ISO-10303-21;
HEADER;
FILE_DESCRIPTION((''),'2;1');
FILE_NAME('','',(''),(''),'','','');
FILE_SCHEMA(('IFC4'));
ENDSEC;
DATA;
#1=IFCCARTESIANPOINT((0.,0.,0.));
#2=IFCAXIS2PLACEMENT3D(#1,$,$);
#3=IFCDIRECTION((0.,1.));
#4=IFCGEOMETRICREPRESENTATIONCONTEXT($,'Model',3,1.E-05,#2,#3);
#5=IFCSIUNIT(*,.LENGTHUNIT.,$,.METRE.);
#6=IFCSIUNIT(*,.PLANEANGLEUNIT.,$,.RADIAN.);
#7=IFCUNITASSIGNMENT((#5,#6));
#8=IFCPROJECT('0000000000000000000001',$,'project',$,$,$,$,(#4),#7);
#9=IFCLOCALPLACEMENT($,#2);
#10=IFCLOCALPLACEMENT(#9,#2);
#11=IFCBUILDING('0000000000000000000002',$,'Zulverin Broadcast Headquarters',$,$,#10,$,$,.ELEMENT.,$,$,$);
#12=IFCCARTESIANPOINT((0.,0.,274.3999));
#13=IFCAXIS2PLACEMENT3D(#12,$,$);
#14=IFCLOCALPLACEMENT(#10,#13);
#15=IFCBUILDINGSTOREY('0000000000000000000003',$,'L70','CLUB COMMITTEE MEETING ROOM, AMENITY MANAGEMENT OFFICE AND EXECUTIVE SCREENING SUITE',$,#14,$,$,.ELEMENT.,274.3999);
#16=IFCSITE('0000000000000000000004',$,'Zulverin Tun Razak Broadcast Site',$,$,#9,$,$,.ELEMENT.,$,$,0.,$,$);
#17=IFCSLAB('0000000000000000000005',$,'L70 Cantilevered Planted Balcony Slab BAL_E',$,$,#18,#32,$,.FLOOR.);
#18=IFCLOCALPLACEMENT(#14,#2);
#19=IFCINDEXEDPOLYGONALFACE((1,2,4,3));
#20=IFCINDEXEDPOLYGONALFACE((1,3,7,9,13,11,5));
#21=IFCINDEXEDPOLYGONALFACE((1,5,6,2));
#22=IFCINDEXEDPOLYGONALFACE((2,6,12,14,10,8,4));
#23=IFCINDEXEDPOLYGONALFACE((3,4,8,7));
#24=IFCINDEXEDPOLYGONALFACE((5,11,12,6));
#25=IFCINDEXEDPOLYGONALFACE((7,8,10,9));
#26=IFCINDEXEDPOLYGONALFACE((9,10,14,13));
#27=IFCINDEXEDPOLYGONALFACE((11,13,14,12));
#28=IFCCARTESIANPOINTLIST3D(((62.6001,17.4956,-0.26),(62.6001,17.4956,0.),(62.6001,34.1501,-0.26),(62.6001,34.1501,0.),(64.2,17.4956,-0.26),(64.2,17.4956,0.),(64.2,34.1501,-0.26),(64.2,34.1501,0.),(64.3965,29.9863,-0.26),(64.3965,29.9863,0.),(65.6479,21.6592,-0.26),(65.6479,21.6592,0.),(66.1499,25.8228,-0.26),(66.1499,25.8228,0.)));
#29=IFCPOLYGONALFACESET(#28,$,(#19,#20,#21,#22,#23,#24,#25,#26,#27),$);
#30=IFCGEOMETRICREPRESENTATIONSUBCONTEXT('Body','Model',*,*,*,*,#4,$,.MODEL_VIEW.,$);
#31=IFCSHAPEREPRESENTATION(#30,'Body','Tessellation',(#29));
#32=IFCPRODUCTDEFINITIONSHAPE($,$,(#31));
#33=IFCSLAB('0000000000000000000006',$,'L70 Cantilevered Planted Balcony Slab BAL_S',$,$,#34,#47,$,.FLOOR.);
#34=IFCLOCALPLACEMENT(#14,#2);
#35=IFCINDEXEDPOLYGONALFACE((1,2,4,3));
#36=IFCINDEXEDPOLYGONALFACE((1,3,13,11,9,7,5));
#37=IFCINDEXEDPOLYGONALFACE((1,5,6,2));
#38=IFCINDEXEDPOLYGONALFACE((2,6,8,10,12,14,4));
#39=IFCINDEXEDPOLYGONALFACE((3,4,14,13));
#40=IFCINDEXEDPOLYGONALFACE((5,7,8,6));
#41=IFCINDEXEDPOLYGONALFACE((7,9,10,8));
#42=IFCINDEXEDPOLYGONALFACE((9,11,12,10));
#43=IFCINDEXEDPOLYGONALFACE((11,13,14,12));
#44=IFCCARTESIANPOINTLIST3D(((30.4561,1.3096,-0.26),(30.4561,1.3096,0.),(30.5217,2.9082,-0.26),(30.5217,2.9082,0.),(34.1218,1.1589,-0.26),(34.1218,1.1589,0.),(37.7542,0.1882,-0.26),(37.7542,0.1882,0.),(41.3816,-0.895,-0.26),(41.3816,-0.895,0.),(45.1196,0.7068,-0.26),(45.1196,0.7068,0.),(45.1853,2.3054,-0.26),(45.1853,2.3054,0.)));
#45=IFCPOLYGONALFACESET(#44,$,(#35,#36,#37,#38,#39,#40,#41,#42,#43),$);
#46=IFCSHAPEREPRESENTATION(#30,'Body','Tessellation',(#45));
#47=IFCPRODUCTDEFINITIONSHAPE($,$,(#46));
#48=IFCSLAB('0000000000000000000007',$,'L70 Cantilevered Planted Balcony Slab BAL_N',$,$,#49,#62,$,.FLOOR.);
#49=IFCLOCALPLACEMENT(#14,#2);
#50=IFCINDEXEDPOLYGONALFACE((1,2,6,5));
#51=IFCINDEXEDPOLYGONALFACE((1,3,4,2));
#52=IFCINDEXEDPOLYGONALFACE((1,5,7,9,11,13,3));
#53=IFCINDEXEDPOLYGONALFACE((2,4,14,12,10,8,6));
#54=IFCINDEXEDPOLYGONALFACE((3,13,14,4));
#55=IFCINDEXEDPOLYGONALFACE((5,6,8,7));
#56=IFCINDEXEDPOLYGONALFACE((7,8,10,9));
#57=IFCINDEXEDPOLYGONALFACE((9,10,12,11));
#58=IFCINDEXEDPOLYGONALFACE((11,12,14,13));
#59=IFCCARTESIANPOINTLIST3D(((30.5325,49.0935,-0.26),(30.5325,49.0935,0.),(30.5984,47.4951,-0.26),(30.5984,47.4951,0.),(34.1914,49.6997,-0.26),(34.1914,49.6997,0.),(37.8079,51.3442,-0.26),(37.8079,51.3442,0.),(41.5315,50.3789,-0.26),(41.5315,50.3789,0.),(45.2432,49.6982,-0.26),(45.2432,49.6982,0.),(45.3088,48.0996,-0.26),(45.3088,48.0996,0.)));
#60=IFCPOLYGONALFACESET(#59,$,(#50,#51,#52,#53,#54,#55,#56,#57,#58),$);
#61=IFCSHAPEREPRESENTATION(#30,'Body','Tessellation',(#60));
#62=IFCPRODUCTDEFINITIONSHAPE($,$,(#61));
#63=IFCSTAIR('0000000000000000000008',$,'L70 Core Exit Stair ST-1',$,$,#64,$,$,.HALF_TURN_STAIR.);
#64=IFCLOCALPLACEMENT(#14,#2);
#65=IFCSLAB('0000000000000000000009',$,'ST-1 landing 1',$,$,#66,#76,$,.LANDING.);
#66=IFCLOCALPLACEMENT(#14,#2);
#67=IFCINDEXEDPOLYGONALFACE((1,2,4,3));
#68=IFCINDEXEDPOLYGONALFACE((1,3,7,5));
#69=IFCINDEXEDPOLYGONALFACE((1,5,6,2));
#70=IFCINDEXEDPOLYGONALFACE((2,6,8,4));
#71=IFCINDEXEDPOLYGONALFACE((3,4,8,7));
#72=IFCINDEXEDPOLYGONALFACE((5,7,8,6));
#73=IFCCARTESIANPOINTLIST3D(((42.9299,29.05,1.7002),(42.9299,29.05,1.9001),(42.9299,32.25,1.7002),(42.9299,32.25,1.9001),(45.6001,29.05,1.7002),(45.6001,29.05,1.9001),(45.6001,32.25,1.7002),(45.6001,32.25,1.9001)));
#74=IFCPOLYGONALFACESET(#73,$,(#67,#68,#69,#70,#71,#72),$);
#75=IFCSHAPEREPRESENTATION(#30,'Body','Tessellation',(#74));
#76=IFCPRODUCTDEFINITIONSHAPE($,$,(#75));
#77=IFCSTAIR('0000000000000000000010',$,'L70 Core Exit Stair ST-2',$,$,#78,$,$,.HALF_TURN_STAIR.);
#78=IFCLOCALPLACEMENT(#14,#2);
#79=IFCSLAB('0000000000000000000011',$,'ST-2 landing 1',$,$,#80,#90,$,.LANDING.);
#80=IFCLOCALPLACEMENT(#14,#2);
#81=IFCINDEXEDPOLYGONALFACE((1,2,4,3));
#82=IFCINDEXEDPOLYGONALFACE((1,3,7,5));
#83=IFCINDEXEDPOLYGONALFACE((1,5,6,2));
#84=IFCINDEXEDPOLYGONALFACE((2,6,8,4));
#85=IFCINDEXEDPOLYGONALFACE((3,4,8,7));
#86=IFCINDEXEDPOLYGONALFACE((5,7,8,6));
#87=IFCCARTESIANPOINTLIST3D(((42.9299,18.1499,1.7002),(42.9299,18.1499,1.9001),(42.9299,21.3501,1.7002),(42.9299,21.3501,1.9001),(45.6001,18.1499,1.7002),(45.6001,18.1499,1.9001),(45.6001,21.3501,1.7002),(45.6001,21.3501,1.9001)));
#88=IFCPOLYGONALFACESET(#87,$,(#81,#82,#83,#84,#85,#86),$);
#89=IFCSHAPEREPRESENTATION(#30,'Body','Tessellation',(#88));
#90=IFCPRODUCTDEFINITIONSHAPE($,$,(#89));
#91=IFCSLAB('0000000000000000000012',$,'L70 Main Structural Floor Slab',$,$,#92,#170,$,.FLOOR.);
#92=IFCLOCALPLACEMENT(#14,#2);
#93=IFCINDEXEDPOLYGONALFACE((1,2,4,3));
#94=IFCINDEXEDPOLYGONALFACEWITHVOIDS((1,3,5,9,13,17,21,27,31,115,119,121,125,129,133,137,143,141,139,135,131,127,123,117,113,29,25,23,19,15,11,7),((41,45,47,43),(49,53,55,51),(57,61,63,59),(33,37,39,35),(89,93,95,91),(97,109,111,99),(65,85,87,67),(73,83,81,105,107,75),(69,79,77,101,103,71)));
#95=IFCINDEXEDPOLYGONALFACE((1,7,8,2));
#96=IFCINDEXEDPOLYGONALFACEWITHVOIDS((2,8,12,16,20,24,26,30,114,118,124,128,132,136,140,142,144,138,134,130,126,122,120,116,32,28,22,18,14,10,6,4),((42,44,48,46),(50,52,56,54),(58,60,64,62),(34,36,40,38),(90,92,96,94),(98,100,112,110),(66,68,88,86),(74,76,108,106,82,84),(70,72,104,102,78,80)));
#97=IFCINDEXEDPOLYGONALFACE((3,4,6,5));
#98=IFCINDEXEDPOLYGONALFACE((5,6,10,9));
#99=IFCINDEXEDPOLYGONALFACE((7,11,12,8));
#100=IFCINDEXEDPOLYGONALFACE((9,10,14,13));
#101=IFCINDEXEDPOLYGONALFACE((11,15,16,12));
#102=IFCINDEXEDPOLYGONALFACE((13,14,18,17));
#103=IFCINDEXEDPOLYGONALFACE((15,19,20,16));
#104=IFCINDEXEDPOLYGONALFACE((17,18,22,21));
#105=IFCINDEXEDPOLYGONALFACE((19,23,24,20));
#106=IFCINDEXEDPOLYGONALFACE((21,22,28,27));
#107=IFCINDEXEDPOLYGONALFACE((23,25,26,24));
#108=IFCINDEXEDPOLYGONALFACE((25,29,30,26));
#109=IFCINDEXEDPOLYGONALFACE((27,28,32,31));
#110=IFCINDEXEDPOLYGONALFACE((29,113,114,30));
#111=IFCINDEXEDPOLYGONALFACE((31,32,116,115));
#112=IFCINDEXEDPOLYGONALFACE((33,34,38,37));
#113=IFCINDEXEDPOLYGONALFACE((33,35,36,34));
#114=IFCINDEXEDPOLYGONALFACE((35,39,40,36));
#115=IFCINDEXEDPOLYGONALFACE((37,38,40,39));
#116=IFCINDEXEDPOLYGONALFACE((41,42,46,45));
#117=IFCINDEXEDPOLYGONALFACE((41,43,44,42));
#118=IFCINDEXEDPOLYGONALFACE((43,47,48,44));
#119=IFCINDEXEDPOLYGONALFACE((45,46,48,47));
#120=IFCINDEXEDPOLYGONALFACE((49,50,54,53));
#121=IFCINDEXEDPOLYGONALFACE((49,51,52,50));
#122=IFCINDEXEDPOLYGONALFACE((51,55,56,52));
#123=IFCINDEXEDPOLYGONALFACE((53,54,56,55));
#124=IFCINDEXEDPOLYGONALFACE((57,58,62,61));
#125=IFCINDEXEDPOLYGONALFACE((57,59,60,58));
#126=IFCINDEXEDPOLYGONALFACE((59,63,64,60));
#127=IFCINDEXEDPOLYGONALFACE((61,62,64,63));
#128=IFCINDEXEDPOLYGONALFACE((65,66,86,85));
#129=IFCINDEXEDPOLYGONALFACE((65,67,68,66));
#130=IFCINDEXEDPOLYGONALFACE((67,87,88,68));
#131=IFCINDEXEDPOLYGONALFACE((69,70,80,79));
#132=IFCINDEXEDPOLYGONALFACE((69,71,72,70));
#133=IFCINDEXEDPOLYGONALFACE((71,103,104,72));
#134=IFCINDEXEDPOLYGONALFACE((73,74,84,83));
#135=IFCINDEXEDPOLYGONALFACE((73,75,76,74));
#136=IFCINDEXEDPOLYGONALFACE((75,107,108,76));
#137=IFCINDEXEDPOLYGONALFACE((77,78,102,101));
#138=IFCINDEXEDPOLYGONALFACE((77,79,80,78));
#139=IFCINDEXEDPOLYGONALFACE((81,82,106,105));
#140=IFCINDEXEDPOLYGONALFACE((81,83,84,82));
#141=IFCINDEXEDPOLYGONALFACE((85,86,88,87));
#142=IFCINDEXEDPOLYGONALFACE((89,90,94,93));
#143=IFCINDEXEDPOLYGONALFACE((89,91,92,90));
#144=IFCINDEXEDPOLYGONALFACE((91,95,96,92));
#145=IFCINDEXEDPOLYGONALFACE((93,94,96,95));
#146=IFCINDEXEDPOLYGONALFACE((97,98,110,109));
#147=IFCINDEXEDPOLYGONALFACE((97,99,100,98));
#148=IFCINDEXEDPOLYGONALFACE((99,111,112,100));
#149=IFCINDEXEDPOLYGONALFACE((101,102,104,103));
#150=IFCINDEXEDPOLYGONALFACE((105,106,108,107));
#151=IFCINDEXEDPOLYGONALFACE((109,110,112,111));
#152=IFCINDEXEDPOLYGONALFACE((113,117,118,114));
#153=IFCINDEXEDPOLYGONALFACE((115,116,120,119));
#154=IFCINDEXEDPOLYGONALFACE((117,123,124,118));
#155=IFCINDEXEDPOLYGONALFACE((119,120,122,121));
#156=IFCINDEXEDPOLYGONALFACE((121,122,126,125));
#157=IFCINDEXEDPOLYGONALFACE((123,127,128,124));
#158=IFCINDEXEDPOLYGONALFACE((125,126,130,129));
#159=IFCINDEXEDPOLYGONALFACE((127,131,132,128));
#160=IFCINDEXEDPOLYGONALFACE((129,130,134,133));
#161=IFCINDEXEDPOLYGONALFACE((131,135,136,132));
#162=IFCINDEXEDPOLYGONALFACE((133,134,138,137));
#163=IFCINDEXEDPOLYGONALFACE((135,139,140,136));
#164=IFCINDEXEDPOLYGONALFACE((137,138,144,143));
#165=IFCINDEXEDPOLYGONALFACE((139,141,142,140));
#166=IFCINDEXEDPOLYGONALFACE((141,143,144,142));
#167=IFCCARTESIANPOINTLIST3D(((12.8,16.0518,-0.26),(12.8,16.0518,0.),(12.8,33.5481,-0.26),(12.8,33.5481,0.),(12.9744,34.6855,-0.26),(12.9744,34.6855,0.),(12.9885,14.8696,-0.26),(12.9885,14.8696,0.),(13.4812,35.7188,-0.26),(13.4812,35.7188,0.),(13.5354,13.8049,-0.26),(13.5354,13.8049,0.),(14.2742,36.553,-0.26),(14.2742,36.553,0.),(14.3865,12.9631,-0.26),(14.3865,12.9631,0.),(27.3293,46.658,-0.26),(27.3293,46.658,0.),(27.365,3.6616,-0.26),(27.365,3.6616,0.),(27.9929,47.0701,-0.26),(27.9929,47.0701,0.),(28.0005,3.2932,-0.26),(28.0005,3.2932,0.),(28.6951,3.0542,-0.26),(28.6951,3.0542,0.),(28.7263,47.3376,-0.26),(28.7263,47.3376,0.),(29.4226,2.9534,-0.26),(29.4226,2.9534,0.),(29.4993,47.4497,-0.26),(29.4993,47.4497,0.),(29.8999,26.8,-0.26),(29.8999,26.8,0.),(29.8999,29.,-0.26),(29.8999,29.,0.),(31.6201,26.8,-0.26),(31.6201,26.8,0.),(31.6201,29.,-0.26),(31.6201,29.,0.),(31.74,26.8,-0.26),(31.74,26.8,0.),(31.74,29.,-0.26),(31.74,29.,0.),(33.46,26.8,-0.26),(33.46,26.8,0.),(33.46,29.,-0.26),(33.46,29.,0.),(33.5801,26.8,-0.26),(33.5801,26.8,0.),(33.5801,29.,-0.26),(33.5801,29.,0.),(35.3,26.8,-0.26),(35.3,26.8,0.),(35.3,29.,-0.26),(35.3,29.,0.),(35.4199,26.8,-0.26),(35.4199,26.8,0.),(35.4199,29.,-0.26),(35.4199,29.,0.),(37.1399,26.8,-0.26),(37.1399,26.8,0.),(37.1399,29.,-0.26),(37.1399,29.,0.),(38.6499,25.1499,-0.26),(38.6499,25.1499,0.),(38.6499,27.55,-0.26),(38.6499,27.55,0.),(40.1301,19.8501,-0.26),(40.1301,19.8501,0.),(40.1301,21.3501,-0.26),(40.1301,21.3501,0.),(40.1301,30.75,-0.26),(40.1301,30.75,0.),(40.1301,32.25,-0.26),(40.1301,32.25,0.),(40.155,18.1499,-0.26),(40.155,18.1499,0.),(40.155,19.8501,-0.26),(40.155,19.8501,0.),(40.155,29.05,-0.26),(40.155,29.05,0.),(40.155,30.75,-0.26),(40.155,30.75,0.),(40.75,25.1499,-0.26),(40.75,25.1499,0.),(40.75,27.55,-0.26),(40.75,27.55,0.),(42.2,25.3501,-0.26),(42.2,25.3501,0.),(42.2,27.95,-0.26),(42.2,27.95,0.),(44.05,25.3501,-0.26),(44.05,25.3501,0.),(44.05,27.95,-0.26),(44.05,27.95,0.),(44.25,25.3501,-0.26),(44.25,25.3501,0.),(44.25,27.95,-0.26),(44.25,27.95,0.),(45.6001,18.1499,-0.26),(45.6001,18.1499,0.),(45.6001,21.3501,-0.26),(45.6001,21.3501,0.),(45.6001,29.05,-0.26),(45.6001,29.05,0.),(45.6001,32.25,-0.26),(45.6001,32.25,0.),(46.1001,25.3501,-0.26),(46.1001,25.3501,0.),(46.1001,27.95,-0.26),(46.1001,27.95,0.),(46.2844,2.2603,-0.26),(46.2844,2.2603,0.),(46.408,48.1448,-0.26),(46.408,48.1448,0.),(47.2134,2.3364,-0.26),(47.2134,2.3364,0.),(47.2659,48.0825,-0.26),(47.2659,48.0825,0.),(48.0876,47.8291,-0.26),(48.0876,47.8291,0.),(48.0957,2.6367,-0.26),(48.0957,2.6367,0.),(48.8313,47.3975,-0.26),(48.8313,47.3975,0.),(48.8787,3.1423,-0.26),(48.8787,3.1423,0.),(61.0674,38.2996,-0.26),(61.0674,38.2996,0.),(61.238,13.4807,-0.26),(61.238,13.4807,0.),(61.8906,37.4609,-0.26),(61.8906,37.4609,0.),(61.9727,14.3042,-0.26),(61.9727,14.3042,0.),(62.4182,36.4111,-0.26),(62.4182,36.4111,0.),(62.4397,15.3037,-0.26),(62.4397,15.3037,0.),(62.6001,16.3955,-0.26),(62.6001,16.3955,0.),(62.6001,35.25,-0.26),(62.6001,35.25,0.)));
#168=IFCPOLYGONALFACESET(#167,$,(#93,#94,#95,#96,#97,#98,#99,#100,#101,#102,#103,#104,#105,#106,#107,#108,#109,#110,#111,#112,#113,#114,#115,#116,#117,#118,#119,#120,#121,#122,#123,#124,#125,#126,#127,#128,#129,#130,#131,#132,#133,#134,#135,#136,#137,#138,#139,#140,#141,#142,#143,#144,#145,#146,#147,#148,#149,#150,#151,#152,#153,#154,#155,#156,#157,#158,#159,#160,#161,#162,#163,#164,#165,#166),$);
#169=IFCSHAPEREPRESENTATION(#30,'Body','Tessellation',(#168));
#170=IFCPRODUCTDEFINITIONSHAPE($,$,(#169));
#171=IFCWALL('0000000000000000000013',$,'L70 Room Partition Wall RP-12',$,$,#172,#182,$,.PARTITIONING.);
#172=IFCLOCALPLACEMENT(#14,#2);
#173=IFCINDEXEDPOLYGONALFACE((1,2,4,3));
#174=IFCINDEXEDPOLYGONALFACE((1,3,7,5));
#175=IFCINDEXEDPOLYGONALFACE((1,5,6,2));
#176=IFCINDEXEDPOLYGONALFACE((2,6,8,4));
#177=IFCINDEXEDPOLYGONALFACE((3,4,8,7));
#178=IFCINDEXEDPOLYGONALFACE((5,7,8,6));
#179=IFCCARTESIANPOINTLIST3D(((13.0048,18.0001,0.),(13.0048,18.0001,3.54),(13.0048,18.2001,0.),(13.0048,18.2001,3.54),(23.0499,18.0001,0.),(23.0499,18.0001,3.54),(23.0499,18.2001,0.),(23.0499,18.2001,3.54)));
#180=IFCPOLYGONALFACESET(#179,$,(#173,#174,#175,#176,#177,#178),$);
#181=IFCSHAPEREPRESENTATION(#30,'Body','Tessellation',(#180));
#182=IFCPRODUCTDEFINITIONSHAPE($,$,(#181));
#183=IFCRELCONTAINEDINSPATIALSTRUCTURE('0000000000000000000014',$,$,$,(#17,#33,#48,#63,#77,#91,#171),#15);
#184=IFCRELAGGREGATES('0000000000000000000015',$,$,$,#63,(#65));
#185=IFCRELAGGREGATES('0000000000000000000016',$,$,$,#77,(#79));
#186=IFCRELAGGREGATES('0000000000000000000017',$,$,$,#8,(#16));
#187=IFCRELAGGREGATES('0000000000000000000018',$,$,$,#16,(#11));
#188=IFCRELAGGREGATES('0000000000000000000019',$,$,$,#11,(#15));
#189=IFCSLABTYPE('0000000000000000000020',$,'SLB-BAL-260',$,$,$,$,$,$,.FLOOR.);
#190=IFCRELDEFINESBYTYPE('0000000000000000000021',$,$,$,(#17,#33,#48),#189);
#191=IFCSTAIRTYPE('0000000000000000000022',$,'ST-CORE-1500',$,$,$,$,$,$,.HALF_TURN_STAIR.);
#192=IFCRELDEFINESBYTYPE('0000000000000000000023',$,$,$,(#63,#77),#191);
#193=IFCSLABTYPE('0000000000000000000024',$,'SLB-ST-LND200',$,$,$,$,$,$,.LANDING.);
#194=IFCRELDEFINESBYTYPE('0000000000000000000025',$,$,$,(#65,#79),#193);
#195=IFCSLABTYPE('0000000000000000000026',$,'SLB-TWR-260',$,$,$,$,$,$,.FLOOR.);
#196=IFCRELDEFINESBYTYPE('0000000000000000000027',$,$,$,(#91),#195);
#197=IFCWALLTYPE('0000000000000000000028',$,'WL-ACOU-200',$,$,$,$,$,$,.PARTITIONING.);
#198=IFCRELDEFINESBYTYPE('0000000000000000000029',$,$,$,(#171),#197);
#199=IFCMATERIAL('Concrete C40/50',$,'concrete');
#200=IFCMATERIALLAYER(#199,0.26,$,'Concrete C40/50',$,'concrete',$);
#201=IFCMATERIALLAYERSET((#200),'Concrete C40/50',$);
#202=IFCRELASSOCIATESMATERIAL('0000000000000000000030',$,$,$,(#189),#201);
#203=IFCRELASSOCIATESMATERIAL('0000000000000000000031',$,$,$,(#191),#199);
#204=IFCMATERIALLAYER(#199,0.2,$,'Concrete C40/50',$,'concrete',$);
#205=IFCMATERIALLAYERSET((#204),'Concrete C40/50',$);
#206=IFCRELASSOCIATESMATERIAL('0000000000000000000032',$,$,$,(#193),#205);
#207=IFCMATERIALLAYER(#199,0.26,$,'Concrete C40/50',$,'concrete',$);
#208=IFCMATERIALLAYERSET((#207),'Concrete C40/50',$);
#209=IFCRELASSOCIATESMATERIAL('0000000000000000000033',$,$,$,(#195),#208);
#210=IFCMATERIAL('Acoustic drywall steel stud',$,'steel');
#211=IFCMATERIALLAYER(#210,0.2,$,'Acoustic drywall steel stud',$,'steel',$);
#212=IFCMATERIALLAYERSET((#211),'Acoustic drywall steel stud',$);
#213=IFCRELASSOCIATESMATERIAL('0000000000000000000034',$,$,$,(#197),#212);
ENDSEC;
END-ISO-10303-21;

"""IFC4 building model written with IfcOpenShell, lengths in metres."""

from ifc_helpers import new_model, si_unit, direction, frame, frame_2d, origin, place, context, subcontext, project, spatial, polyline, rectangle, outline, extrude, material, layer, layer_set, type_object, element, aggregate, save


model = new_model("IFC4")

# Units and contexts
model_context = context("Model", 3, precision=1e-05, world=origin(), true_north=direction((0.0, 1.0)))
body_context = subcontext(model_context, "Body", "Model", "MODEL_VIEW")
ifc_project = project(units=[si_unit("LENGTHUNIT", "METRE"), si_unit("PLANEANGLEUNIT", "RADIAN")], contexts=[model_context])

# Site, building, storey
site_placement = place(None, origin())
site = spatial("IfcSite", under=ifc_project, at=site_placement, Name="Zulverin Tun Razak Broadcast Site", CompositionType="ELEMENT", RefElevation=0.0)
building_placement = place(site_placement, origin())
building = spatial("IfcBuilding", under=site, at=building_placement, Name="Zulverin Broadcast Headquarters", CompositionType="ELEMENT")
storey_placement = place(building_placement, frame((0.0, 0.0, 274.3999)))
storey = spatial("IfcBuildingStorey", under=building, at=storey_placement, Name="L70", Description="CLUB COMMITTEE MEETING ROOM, AMENITY MANAGEMENT OFFICE AND EXECUTIVE SCREENING SUITE", CompositionType="ELEMENT", Elevation=274.3999)

# Slabs
ifc_material_1 = material(Name="Concrete C40/50", Category="concrete")
ifc_layer_1 = layer(ifc_material_1, 0.26, Name="Concrete C40/50", Category="concrete")
ifc_layer_set_1 = layer_set([ifc_layer_1], Name="Concrete C40/50")
slab_type_1 = type_object("IfcSlabType", Name="SLB-BAL-260", PredefinedType="FLOOR", material=ifc_layer_set_1)
slab_1_placement = place(storey_placement, frame((0.0, 0.0, -0.26)))
element("IfcSlab", 1, at=slab_1_placement, inside=storey, type_object=slab_type_1, Name="L70 Cantilevered Planted Balcony Slab BAL_E", PredefinedType="FLOOR", context=body_context, shape_type="SweptSolid", body=[
    extrude(outline(polyline([(62.6001, 34.1501), (62.6001, 17.4956), (64.2, 17.4956), (65.6479, 21.6592), (66.1499, 25.8228), (64.3965, 29.9863), (64.2, 34.1501), (62.6001, 34.1501)])), origin(), (0.0, 0.0, 1.0), 0.26),
])
slab_2_placement = place(storey_placement, frame((0.0, 0.0, -0.26)))
element("IfcSlab", 2, at=slab_2_placement, inside=storey, type_object=slab_type_1, Name="L70 Cantilevered Planted Balcony Slab BAL_S", PredefinedType="FLOOR", context=body_context, shape_type="SweptSolid", body=[
    extrude(outline(polyline([(45.1853, 2.3054), (30.5217, 2.9082), (30.4561, 1.3096), (34.1218, 1.1589), (37.7542, 0.1882), (41.3816, -0.895), (45.1196, 0.7068), (45.1853, 2.3054)])), origin(), (0.0, 0.0, 1.0), 0.26),
])
slab_3_placement = place(storey_placement, frame((0.0, 0.0, -0.26)))
element("IfcSlab", 3, at=slab_3_placement, inside=storey, type_object=slab_type_1, Name="L70 Cantilevered Planted Balcony Slab BAL_N", PredefinedType="FLOOR", context=body_context, shape_type="SweptSolid", body=[
    extrude(outline(polyline([(30.5984, 47.4951), (45.3088, 48.0996), (45.2432, 49.6982), (41.5315, 50.3789), (37.8079, 51.3442), (34.1914, 49.6997), (30.5325, 49.0935), (30.5984, 47.4951)])), origin(), (0.0, 0.0, 1.0), 0.26),
])

# Stairs, slabs
stair_type = type_object("IfcStairType", Name="ST-CORE-1500", PredefinedType="HALF_TURN_STAIR", material=ifc_material_1)
stair_1_placement = place(storey_placement, origin())
stair_1 = element("IfcStair", 4, at=stair_1_placement, inside=storey, type_object=stair_type, Name="L70 Core Exit Stair ST-1", PredefinedType="HALF_TURN_STAIR")
ifc_layer_2 = layer(ifc_material_1, 0.2, Name="Concrete C40/50", Category="concrete")
ifc_layer_set_2 = layer_set([ifc_layer_2], Name="Concrete C40/50")
slab_type_2 = type_object("IfcSlabType", Name="SLB-ST-LND200", PredefinedType="LANDING", material=ifc_layer_set_2)
slab_4_placement = place(storey_placement, frame((0.0, 0.0, 1.7002)))
slab_4 = element("IfcSlab", 5, at=slab_4_placement, type_object=slab_type_2, Name="ST-1 landing 1", PredefinedType="LANDING", context=body_context, shape_type="SweptSolid", body=[
    extrude(outline(polyline([(42.9299, 29.05), (45.6001, 29.05), (45.6001, 32.25), (42.9299, 32.25), (42.9299, 29.05)])), origin(), (0.0, 0.0, 1.0), 0.2),
])
aggregate(stair_1, [slab_4])
stair_2_placement = place(storey_placement, origin())
stair_2 = element("IfcStair", 6, at=stair_2_placement, inside=storey, type_object=stair_type, Name="L70 Core Exit Stair ST-2", PredefinedType="HALF_TURN_STAIR")
slab_5_placement = place(storey_placement, frame((0.0, 0.0, 1.7002)))
slab_5 = element("IfcSlab", 7, at=slab_5_placement, type_object=slab_type_2, Name="ST-2 landing 1", PredefinedType="LANDING", context=body_context, shape_type="SweptSolid", body=[
    extrude(outline(polyline([(42.9299, 18.1499), (45.6001, 18.1499), (45.6001, 21.3501), (42.9299, 21.3501), (42.9299, 18.1499)])), origin(), (0.0, 0.0, 1.0), 0.2),
])
aggregate(stair_2, [slab_5])

# Slab
ifc_layer_3 = layer(ifc_material_1, 0.26, Name="Concrete C40/50", Category="concrete")
ifc_layer_set_3 = layer_set([ifc_layer_3], Name="Concrete C40/50")
slab_type_3 = type_object("IfcSlabType", Name="SLB-TWR-260", PredefinedType="FLOOR", material=ifc_layer_set_3)
slab_6_placement = place(storey_placement, frame((0.0, 0.0, -0.26)))
element("IfcSlab", 8, at=slab_6_placement, inside=storey, type_object=slab_type_3, Name="L70 Main Structural Floor Slab", PredefinedType="FLOOR", context=body_context, shape_type="SweptSolid", body=[
    extrude(outline(polyline([(27.365, 3.6616), (28.0005, 3.2932), (28.6951, 3.0542), (29.4226, 2.9534), (46.2844, 2.2603), (47.2134, 2.3364), (48.0957, 2.6367), (48.8787, 3.1423), (61.238, 13.4807), (61.9727, 14.3042), (62.4397, 15.3037), (62.6001, 16.3955), (62.6001, 35.25), (62.4182, 36.4111), (61.8906, 37.4609), (61.0674, 38.2996), (48.8313, 47.3975), (48.0876, 47.8291), (47.2659, 48.0825), (46.408, 48.1448), (29.4993, 47.4497), (28.7263, 47.3376), (27.9929, 47.0701), (27.3293, 46.658), (14.2742, 36.553), (13.4812, 35.7188), (12.9744, 34.6855), (12.8, 33.5481), (12.8, 16.0518), (12.9885, 14.8696), (13.5354, 13.8049), (14.3865, 12.9631), (27.365, 3.6616)]), holes=[polyline([(40.155, 30.75), (40.1301, 30.75), (40.1301, 32.25), (45.6001, 32.25), (45.6001, 29.05), (40.155, 29.05), (40.155, 30.75)]), polyline([(40.155, 19.8501), (40.1301, 19.8501), (40.1301, 21.3501), (45.6001, 21.3501), (45.6001, 18.1499), (40.155, 18.1499), (40.155, 19.8501)]), polyline([(29.8999, 26.8), (31.6201, 26.8), (31.6201, 29.0), (29.8999, 29.0), (29.8999, 26.8)]), polyline([(31.74, 26.8), (33.46, 26.8), (33.46, 29.0), (31.74, 29.0), (31.74, 26.8)]), polyline([(33.5801, 26.8), (35.3, 26.8), (35.3, 29.0), (33.5801, 29.0), (33.5801, 26.8)]), polyline([(35.4199, 26.8), (37.1399, 26.8), (37.1399, 29.0), (35.4199, 29.0), (35.4199, 26.8)]), polyline([(42.2, 25.3501), (44.05, 25.3501), (44.05, 27.95), (42.2, 27.95), (42.2, 25.3501)]), polyline([(44.25, 25.3501), (46.1001, 25.3501), (46.1001, 27.95), (44.25, 27.95), (44.25, 25.3501)]), polyline([(38.6499, 25.1499), (40.75, 25.1499), (40.75, 27.55), (38.6499, 27.55), (38.6499, 25.1499)])]), origin(), (0.0, 0.0, 1.0), 0.26),
])

# Wall
ifc_material_2 = material(Name="Acoustic drywall steel stud", Category="steel")
ifc_layer_4 = layer(ifc_material_2, 0.2, Name="Acoustic drywall steel stud", Category="steel")
ifc_layer_set_4 = layer_set([ifc_layer_4], Name="Acoustic drywall steel stud")
wall_type_1 = type_object("IfcWallType", Name="WL-ACOU-200", PredefinedType="PARTITIONING", material=ifc_layer_set_4)
wall_1_placement = place(storey_placement, frame((13.0049, 18.1001, 0.0), z_axis=(0.0, 0.0, 1.0), x_axis=(1.0, 0.0, 0.0)))
element("IfcWall", 9, at=wall_1_placement, inside=storey, type_object=wall_type_1, Name="L70 Room Partition Wall RP-12", PredefinedType="PARTITIONING", context=body_context, shape_type="SweptSolid", body=[
    extrude(rectangle(XDim=10.0452, YDim=0.2, at=frame_2d((5.0225, 0.0))), origin(), (0.0, 0.0, 1.0), 3.54),
])

save(model, "model.ifc")
